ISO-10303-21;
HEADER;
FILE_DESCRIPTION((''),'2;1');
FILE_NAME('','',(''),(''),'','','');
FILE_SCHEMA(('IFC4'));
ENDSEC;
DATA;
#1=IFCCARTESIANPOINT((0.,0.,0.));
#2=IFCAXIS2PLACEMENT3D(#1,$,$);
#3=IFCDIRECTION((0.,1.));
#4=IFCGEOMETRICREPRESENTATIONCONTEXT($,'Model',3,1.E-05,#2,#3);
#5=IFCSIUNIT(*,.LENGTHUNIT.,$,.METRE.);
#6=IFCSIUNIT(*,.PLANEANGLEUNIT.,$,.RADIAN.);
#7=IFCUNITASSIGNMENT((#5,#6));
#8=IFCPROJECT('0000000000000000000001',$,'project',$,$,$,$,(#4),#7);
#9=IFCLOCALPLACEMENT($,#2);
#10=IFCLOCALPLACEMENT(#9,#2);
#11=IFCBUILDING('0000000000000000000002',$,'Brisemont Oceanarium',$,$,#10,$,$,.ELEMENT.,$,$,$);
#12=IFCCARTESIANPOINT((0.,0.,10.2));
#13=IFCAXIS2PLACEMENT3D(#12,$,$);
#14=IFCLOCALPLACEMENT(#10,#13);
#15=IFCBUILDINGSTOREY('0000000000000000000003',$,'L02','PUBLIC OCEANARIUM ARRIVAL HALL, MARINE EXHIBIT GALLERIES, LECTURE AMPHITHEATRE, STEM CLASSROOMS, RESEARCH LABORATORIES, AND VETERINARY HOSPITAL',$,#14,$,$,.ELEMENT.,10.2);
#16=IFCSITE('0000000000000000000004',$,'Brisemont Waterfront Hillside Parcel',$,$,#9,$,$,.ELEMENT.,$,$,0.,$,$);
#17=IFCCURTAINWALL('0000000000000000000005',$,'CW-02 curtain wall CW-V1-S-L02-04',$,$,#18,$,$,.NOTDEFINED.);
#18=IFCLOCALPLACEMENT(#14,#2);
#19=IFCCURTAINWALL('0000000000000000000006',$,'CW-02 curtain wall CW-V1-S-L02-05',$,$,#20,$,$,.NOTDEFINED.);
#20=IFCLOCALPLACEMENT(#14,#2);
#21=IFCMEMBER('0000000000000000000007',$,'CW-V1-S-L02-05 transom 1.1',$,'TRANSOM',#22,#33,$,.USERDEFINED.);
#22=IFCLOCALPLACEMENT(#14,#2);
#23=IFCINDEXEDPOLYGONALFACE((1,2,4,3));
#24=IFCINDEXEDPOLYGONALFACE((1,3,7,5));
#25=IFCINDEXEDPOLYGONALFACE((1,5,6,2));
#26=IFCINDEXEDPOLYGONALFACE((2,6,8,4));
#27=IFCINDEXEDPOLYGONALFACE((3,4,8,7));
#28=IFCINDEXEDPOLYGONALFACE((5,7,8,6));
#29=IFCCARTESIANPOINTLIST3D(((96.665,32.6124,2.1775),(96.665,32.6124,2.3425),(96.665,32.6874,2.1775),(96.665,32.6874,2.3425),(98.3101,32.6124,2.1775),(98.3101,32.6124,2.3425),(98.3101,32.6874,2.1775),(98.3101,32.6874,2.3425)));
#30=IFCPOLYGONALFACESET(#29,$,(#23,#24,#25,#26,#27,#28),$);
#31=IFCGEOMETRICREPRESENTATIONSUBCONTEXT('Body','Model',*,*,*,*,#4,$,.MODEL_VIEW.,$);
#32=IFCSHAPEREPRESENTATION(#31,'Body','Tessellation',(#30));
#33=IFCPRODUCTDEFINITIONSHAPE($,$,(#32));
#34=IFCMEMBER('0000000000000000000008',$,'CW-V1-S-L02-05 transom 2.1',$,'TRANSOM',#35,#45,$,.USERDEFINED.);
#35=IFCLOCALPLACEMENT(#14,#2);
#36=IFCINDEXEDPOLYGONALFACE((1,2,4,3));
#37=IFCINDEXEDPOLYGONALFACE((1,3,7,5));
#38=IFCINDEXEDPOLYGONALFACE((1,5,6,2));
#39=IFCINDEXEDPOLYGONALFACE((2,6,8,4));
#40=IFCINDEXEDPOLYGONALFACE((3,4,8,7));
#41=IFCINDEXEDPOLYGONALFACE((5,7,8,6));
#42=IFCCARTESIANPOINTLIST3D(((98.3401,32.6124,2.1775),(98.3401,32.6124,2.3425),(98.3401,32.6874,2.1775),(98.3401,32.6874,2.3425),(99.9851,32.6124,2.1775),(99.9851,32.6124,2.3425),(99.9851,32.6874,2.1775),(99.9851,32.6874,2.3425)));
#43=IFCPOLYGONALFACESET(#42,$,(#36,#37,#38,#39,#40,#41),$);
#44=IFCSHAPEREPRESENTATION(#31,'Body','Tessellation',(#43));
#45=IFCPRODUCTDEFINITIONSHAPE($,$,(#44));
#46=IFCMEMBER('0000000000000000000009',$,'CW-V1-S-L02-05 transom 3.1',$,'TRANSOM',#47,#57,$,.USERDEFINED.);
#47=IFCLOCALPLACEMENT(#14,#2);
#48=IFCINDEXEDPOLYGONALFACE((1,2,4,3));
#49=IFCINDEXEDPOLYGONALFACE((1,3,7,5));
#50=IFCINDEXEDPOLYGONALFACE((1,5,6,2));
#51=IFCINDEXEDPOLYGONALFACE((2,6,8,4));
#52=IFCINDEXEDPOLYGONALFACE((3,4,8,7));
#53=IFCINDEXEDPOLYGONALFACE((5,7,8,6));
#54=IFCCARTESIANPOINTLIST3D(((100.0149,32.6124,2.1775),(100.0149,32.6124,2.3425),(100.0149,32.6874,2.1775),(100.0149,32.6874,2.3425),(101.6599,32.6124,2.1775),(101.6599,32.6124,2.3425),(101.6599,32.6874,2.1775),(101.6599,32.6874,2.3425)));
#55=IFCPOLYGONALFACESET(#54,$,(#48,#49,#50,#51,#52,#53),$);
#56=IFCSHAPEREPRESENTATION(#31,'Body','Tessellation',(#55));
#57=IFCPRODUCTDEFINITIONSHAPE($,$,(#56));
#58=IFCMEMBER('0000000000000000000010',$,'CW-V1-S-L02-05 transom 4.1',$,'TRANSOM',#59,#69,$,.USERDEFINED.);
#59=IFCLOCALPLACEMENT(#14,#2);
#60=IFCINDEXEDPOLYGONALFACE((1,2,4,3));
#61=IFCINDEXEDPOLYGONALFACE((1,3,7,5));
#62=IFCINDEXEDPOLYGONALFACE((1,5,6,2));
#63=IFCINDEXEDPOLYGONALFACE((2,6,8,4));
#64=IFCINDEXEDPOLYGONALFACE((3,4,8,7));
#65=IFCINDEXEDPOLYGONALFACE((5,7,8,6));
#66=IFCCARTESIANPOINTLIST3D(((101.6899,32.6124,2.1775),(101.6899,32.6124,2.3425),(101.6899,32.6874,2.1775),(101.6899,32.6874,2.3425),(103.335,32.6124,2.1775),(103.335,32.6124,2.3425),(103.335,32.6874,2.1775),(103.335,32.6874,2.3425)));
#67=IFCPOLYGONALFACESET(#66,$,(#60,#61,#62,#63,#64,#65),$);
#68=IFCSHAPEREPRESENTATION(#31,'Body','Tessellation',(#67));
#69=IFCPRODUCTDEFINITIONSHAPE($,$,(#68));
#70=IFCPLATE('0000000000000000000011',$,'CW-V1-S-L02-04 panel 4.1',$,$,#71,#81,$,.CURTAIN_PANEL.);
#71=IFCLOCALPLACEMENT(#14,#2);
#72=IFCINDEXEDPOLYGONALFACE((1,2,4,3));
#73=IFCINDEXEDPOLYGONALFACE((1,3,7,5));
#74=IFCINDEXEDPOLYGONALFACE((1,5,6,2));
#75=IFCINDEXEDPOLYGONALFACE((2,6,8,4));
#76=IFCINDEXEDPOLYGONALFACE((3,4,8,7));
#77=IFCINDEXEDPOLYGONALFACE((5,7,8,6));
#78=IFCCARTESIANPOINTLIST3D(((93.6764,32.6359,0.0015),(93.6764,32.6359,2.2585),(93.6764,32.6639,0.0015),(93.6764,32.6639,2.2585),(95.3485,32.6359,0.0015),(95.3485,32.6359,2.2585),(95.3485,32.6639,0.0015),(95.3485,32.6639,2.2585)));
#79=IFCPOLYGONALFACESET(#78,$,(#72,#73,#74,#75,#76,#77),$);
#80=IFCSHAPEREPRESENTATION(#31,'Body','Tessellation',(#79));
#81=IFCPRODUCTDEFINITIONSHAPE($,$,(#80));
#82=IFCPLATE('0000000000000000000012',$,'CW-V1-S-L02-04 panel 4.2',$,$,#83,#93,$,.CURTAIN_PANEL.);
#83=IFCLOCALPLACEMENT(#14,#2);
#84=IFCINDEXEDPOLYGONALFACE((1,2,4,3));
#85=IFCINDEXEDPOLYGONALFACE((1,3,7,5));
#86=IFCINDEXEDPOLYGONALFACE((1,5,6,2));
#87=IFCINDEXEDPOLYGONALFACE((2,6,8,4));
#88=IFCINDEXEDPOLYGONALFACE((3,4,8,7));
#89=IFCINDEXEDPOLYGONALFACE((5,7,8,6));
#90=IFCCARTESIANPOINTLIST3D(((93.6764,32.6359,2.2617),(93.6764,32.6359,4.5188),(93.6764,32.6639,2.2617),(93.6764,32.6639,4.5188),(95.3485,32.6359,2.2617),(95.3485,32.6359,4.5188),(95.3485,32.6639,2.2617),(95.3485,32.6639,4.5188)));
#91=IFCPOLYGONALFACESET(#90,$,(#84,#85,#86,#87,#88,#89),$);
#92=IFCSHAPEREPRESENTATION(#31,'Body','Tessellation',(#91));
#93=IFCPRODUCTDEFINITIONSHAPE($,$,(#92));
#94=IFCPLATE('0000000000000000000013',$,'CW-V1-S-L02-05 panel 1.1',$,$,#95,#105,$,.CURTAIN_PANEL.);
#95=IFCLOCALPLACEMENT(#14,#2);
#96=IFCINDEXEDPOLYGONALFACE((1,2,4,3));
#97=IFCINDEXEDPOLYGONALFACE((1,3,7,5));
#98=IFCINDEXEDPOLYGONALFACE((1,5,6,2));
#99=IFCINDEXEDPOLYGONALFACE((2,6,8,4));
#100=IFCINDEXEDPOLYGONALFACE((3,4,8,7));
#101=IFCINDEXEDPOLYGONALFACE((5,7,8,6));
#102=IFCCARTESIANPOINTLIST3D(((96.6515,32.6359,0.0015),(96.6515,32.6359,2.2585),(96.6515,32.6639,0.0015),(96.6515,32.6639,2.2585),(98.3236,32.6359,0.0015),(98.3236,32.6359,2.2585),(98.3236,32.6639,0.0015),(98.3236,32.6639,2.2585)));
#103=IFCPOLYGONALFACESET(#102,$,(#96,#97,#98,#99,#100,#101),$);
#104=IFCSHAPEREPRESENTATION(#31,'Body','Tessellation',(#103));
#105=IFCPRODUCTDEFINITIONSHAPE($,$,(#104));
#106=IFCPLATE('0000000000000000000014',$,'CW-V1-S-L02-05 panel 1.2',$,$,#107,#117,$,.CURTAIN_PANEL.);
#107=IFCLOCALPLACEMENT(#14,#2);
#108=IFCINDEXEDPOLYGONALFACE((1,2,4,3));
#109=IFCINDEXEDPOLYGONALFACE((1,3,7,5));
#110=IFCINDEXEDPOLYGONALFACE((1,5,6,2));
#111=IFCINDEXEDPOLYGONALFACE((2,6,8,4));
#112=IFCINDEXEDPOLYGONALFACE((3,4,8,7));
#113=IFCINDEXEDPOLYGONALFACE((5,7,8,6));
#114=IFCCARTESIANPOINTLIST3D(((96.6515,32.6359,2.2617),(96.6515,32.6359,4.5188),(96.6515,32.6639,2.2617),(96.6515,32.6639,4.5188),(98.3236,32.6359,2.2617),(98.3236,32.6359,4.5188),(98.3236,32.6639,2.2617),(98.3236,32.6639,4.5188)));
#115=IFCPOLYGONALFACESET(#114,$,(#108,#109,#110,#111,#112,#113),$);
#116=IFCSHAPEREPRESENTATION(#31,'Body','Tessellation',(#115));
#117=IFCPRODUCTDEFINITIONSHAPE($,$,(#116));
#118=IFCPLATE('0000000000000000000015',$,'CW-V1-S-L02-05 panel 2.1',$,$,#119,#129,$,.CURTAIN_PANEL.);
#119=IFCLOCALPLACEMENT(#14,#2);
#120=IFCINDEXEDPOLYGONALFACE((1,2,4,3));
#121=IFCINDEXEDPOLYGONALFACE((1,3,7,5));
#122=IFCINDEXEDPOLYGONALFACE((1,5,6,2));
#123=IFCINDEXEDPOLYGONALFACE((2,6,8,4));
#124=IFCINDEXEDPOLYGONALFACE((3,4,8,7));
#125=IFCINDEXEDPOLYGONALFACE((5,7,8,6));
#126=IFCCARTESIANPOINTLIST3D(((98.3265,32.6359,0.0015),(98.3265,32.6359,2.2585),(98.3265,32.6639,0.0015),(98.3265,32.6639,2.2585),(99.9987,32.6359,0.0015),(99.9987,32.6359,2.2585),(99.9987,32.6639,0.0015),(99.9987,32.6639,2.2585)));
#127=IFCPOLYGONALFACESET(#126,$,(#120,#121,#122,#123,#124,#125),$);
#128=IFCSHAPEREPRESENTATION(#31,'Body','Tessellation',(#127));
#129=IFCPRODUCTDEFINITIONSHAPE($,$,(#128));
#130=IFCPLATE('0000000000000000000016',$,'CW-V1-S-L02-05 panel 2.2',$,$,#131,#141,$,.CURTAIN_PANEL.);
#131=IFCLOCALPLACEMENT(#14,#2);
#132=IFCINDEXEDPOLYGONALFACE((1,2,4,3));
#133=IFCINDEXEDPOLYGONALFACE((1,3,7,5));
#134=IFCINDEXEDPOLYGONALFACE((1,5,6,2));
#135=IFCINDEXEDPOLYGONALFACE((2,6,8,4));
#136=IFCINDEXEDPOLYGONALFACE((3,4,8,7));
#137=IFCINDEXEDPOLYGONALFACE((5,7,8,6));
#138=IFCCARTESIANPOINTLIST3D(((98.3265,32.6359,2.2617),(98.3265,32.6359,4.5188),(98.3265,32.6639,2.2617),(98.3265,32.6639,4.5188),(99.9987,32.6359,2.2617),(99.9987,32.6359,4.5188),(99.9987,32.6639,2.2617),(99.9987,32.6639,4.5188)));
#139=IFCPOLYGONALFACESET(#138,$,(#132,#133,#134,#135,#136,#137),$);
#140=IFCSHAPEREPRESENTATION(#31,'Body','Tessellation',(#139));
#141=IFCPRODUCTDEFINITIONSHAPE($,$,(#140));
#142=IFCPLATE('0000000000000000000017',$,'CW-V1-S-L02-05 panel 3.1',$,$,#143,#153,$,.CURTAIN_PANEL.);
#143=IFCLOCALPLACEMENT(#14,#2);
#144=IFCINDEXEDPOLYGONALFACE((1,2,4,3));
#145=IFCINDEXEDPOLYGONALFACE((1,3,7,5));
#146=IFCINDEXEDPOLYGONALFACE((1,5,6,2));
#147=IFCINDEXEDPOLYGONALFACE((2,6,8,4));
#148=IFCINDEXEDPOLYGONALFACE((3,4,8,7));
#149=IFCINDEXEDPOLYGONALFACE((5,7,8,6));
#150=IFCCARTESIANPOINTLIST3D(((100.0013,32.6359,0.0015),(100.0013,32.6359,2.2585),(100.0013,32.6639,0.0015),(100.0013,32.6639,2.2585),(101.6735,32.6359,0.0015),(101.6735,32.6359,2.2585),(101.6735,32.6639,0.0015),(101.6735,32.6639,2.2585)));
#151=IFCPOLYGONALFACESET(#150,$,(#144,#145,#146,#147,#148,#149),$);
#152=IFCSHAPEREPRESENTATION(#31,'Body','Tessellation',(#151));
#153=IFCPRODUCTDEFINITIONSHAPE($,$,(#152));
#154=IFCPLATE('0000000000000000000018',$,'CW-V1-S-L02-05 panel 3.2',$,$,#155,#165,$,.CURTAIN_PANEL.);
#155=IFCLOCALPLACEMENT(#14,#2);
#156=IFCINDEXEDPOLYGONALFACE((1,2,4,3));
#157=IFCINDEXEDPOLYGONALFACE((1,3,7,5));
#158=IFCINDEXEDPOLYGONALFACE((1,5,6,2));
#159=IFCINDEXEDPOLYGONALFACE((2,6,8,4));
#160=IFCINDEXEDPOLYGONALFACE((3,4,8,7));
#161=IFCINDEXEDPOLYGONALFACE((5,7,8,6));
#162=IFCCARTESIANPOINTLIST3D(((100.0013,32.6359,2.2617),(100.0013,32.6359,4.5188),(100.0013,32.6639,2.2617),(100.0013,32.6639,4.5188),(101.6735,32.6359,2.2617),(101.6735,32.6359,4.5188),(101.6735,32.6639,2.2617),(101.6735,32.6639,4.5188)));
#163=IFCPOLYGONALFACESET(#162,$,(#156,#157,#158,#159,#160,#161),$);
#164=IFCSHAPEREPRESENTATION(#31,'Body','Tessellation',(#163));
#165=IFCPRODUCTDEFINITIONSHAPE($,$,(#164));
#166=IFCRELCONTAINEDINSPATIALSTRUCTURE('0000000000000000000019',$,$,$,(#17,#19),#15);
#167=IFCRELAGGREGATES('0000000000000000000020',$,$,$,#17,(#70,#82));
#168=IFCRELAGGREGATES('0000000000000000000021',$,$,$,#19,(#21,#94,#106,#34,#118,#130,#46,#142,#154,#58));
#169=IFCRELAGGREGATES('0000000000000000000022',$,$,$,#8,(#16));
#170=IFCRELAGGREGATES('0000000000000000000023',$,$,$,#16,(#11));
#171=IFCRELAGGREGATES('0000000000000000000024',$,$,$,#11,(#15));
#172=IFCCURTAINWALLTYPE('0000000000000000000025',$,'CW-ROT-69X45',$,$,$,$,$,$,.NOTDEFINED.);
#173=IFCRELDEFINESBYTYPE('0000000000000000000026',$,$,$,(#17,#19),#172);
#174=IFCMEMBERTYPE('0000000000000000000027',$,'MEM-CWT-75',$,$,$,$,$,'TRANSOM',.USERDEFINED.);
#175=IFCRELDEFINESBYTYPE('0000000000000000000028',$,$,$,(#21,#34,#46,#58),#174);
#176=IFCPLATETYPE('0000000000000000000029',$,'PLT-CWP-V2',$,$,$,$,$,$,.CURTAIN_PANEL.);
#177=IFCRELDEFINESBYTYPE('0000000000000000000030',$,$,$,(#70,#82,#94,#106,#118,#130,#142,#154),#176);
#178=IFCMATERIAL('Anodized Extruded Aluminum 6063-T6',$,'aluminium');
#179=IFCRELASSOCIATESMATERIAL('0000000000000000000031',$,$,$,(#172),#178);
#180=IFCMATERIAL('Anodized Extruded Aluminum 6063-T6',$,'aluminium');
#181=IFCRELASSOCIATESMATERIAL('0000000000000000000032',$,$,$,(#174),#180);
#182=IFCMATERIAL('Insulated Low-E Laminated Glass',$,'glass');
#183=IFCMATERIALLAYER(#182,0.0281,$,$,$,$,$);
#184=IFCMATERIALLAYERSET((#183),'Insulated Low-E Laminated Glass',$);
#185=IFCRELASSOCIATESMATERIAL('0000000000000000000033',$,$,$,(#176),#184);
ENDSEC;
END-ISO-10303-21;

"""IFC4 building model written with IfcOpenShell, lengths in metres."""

from ifc_helpers import new_model, si_unit, direction, frame, origin, origin_2d, place, context, subcontext, project, spatial, rectangle, extrude, material, layer, layer_set, material_profile, profile_set, type_object, element, aggregate, save


model = new_model("IFC4")

# Units and contexts
model_context = context("Model", 3, precision=1e-05, world=origin(), true_north=direction((0.0, 1.0)))
body_context = subcontext(model_context, "Body", "Model", "MODEL_VIEW")
ifc_project = project(units=[si_unit("LENGTHUNIT", "METRE"), si_unit("PLANEANGLEUNIT", "RADIAN")], contexts=[model_context])

# Site, building, storey
site_placement = place(None, origin())
site = spatial("IfcSite", under=ifc_project, at=site_placement, Name="Brisemont Waterfront Hillside Parcel", CompositionType="ELEMENT", RefElevation=0.0)
building_placement = place(site_placement, origin())
building = spatial("IfcBuilding", under=site, at=building_placement, Name="Brisemont Oceanarium", CompositionType="ELEMENT")
storey_placement = place(building_placement, frame((0.0, 0.0, 10.2)))
storey = spatial("IfcBuildingStorey", under=building, at=storey_placement, Name="L02", Description="PUBLIC OCEANARIUM ARRIVAL HALL, MARINE EXHIBIT GALLERIES, LECTURE AMPHITHEATRE, STEM CLASSROOMS, RESEARCH LABORATORIES, AND VETERINARY HOSPITAL", CompositionType="ELEMENT", Elevation=10.2)

# Curtain walls
ifc_material_1 = material(Name="Anodized Extruded Aluminum 6063-T6", Category="aluminium")
curtain_wall_type = type_object("IfcCurtainWallType", Name="CW-ROT-69X45", PredefinedType="NOTDEFINED", material=ifc_material_1)
curtain_wall_1_placement = place(storey_placement, origin())
curtain_wall_1 = element("IfcCurtainWall", 1, at=curtain_wall_1_placement, inside=storey, type_object=curtain_wall_type, Name="CW-02 curtain wall CW-V1-S-L02-04", PredefinedType="NOTDEFINED")
curtain_wall_2_placement = place(storey_placement, origin())
curtain_wall_2 = element("IfcCurtainWall", 2, at=curtain_wall_2_placement, inside=storey, type_object=curtain_wall_type, Name="CW-02 curtain wall CW-V1-S-L02-05", PredefinedType="NOTDEFINED")

# Members
ifc_material_2 = material(Name="Anodized Extruded Aluminum 6063-T6", Category="aluminium")
ifc_material_profile_1 = material_profile(ifc_material_2, rectangle(XDim=0.075, YDim=0.165, at=origin_2d()), Name="CWT-75X165")
ifc_profile_set_1 = profile_set([ifc_material_profile_1], Name="Anodized Extruded Aluminum 6063-T6")
member_type_1 = type_object("IfcMemberType", Name="MEM-CWT-75", ElementType="TRANSOM", PredefinedType="USERDEFINED", material=ifc_profile_set_1)
member_1_placement = place(storey_placement, frame((96.665, 32.6499, 2.26), z_axis=(1.0, 0.0, 0.0), x_axis=(0.0, 1.0, 0.0)))
member_1 = element("IfcMember", 3, at=member_1_placement, type_object=member_type_1, Name="CW-V1-S-L02-05 transom 1.1", ObjectType="TRANSOM", PredefinedType="USERDEFINED", context=body_context, shape_type="SweptSolid", body=[
    extrude(rectangle(XDim=0.075, YDim=0.165, at=origin_2d()), origin(), (0.0, 0.0, 1.0), 1.645),
])
member_2_placement = place(storey_placement, frame((98.3401, 32.6499, 2.26), z_axis=(1.0, 0.0, 0.0), x_axis=(0.0, 1.0, 0.0)))
member_2 = element("IfcMember", 4, at=member_2_placement, type_object=member_type_1, Name="CW-V1-S-L02-05 transom 2.1", ObjectType="TRANSOM", PredefinedType="USERDEFINED", context=body_context, shape_type="SweptSolid", body=[
    extrude(rectangle(XDim=0.075, YDim=0.165, at=origin_2d()), origin(), (0.0, 0.0, 1.0), 1.645),
])
member_3_placement = place(storey_placement, frame((100.0149, 32.6499, 2.26), z_axis=(1.0, 0.0, 0.0), x_axis=(0.0, 1.0, 0.0)))
member_3 = element("IfcMember", 5, at=member_3_placement, type_object=member_type_1, Name="CW-V1-S-L02-05 transom 3.1", ObjectType="TRANSOM", PredefinedType="USERDEFINED", context=body_context, shape_type="SweptSolid", body=[
    extrude(rectangle(XDim=0.075, YDim=0.165, at=origin_2d()), origin(), (0.0, 0.0, 1.0), 1.645),
])
member_4_placement = place(storey_placement, frame((101.6899, 32.6499, 2.26), z_axis=(1.0, 0.0, 0.0), x_axis=(0.0, 1.0, 0.0)))
member_4 = element("IfcMember", 6, at=member_4_placement, type_object=member_type_1, Name="CW-V1-S-L02-05 transom 4.1", ObjectType="TRANSOM", PredefinedType="USERDEFINED", context=body_context, shape_type="SweptSolid", body=[
    extrude(rectangle(XDim=0.075, YDim=0.165, at=origin_2d()), origin(), (0.0, 0.0, 1.0), 1.645),
])

# Plates
ifc_material_3 = material(Name="Insulated Low-E Laminated Glass", Category="glass")
ifc_layer = layer(ifc_material_3, 0.0281)
ifc_layer_set = layer_set([ifc_layer], Name="Insulated Low-E Laminated Glass")
plate_type = type_object("IfcPlateType", Name="PLT-CWP-V2", PredefinedType="CURTAIN_PANEL", material=ifc_layer_set)
plate_1_placement = place(storey_placement, frame((94.5125, 32.6499, 0.0015), z_axis=(0.0, 0.0, 1.0), x_axis=(1.0, 0.0, 0.0)))
plate_1 = element("IfcPlate", 7, at=plate_1_placement, type_object=plate_type, Name="CW-V1-S-L02-04 panel 4.1", PredefinedType="CURTAIN_PANEL", context=body_context, shape_type="SweptSolid", body=[
    extrude(rectangle(XDim=1.6721, YDim=0.0281, at=origin_2d()), origin(), (0.0, 0.0, 1.0), 2.2571),
])
plate_2_placement = place(storey_placement, frame((94.5125, 32.6499, 2.2617), z_axis=(0.0, 0.0, 1.0), x_axis=(1.0, 0.0, 0.0)))
plate_2 = element("IfcPlate", 8, at=plate_2_placement, type_object=plate_type, Name="CW-V1-S-L02-04 panel 4.2", PredefinedType="CURTAIN_PANEL", context=body_context, shape_type="SweptSolid", body=[
    extrude(rectangle(XDim=1.6721, YDim=0.0281, at=origin_2d()), origin(), (0.0, 0.0, 1.0), 2.2571),
])
aggregate(curtain_wall_1, [plate_1, plate_2])
plate_3_placement = place(storey_placement, frame((97.4875, 32.6499, 0.0015), z_axis=(0.0, 0.0, 1.0), x_axis=(1.0, 0.0, 0.0)))
plate_3 = element("IfcPlate", 9, at=plate_3_placement, type_object=plate_type, Name="CW-V1-S-L02-05 panel 1.1", PredefinedType="CURTAIN_PANEL", context=body_context, shape_type="SweptSolid", body=[
    extrude(rectangle(XDim=1.6721, YDim=0.0281, at=origin_2d()), origin(), (0.0, 0.0, 1.0), 2.2571),
])
plate_4_placement = place(storey_placement, frame((97.4875, 32.6499, 2.2617), z_axis=(0.0, 0.0, 1.0), x_axis=(1.0, 0.0, 0.0)))
plate_4 = element("IfcPlate", 10, at=plate_4_placement, type_object=plate_type, Name="CW-V1-S-L02-05 panel 1.2", PredefinedType="CURTAIN_PANEL", context=body_context, shape_type="SweptSolid", body=[
    extrude(rectangle(XDim=1.6721, YDim=0.0281, at=origin_2d()), origin(), (0.0, 0.0, 1.0), 2.2571),
])
plate_5_placement = place(storey_placement, frame((99.1626, 32.6499, 0.0015), z_axis=(0.0, 0.0, 1.0), x_axis=(1.0, 0.0, 0.0)))
plate_5 = element("IfcPlate", 11, at=plate_5_placement, type_object=plate_type, Name="CW-V1-S-L02-05 panel 2.1", PredefinedType="CURTAIN_PANEL", context=body_context, shape_type="SweptSolid", body=[
    extrude(rectangle(XDim=1.6721, YDim=0.0281, at=origin_2d()), origin(), (0.0, 0.0, 1.0), 2.2571),
])
plate_6_placement = place(storey_placement, frame((99.1626, 32.6499, 2.2617), z_axis=(0.0, 0.0, 1.0), x_axis=(1.0, 0.0, 0.0)))
plate_6 = element("IfcPlate", 12, at=plate_6_placement, type_object=plate_type, Name="CW-V1-S-L02-05 panel 2.2", PredefinedType="CURTAIN_PANEL", context=body_context, shape_type="SweptSolid", body=[
    extrude(rectangle(XDim=1.6721, YDim=0.0281, at=origin_2d()), origin(), (0.0, 0.0, 1.0), 2.2571),
])
plate_7_placement = place(storey_placement, frame((100.8374, 32.6499, 0.0015), z_axis=(0.0, 0.0, 1.0), x_axis=(1.0, 0.0, 0.0)))
plate_7 = element("IfcPlate", 13, at=plate_7_placement, type_object=plate_type, Name="CW-V1-S-L02-05 panel 3.1", PredefinedType="CURTAIN_PANEL", context=body_context, shape_type="SweptSolid", body=[
    extrude(rectangle(XDim=1.6721, YDim=0.0281, at=origin_2d()), origin(), (0.0, 0.0, 1.0), 2.2571),
])
plate_8_placement = place(storey_placement, frame((100.8374, 32.6499, 2.2617), z_axis=(0.0, 0.0, 1.0), x_axis=(1.0, 0.0, 0.0)))
plate_8 = element("IfcPlate", 14, at=plate_8_placement, type_object=plate_type, Name="CW-V1-S-L02-05 panel 3.2", PredefinedType="CURTAIN_PANEL", context=body_context, shape_type="SweptSolid", body=[
    extrude(rectangle(XDim=1.6721, YDim=0.0281, at=origin_2d()), origin(), (0.0, 0.0, 1.0), 2.2571),
])
aggregate(curtain_wall_2, [member_1, plate_3, plate_4, member_2, plate_5, plate_6, member_3, plate_7, plate_8, member_4])

save(model, "model.ifc")
